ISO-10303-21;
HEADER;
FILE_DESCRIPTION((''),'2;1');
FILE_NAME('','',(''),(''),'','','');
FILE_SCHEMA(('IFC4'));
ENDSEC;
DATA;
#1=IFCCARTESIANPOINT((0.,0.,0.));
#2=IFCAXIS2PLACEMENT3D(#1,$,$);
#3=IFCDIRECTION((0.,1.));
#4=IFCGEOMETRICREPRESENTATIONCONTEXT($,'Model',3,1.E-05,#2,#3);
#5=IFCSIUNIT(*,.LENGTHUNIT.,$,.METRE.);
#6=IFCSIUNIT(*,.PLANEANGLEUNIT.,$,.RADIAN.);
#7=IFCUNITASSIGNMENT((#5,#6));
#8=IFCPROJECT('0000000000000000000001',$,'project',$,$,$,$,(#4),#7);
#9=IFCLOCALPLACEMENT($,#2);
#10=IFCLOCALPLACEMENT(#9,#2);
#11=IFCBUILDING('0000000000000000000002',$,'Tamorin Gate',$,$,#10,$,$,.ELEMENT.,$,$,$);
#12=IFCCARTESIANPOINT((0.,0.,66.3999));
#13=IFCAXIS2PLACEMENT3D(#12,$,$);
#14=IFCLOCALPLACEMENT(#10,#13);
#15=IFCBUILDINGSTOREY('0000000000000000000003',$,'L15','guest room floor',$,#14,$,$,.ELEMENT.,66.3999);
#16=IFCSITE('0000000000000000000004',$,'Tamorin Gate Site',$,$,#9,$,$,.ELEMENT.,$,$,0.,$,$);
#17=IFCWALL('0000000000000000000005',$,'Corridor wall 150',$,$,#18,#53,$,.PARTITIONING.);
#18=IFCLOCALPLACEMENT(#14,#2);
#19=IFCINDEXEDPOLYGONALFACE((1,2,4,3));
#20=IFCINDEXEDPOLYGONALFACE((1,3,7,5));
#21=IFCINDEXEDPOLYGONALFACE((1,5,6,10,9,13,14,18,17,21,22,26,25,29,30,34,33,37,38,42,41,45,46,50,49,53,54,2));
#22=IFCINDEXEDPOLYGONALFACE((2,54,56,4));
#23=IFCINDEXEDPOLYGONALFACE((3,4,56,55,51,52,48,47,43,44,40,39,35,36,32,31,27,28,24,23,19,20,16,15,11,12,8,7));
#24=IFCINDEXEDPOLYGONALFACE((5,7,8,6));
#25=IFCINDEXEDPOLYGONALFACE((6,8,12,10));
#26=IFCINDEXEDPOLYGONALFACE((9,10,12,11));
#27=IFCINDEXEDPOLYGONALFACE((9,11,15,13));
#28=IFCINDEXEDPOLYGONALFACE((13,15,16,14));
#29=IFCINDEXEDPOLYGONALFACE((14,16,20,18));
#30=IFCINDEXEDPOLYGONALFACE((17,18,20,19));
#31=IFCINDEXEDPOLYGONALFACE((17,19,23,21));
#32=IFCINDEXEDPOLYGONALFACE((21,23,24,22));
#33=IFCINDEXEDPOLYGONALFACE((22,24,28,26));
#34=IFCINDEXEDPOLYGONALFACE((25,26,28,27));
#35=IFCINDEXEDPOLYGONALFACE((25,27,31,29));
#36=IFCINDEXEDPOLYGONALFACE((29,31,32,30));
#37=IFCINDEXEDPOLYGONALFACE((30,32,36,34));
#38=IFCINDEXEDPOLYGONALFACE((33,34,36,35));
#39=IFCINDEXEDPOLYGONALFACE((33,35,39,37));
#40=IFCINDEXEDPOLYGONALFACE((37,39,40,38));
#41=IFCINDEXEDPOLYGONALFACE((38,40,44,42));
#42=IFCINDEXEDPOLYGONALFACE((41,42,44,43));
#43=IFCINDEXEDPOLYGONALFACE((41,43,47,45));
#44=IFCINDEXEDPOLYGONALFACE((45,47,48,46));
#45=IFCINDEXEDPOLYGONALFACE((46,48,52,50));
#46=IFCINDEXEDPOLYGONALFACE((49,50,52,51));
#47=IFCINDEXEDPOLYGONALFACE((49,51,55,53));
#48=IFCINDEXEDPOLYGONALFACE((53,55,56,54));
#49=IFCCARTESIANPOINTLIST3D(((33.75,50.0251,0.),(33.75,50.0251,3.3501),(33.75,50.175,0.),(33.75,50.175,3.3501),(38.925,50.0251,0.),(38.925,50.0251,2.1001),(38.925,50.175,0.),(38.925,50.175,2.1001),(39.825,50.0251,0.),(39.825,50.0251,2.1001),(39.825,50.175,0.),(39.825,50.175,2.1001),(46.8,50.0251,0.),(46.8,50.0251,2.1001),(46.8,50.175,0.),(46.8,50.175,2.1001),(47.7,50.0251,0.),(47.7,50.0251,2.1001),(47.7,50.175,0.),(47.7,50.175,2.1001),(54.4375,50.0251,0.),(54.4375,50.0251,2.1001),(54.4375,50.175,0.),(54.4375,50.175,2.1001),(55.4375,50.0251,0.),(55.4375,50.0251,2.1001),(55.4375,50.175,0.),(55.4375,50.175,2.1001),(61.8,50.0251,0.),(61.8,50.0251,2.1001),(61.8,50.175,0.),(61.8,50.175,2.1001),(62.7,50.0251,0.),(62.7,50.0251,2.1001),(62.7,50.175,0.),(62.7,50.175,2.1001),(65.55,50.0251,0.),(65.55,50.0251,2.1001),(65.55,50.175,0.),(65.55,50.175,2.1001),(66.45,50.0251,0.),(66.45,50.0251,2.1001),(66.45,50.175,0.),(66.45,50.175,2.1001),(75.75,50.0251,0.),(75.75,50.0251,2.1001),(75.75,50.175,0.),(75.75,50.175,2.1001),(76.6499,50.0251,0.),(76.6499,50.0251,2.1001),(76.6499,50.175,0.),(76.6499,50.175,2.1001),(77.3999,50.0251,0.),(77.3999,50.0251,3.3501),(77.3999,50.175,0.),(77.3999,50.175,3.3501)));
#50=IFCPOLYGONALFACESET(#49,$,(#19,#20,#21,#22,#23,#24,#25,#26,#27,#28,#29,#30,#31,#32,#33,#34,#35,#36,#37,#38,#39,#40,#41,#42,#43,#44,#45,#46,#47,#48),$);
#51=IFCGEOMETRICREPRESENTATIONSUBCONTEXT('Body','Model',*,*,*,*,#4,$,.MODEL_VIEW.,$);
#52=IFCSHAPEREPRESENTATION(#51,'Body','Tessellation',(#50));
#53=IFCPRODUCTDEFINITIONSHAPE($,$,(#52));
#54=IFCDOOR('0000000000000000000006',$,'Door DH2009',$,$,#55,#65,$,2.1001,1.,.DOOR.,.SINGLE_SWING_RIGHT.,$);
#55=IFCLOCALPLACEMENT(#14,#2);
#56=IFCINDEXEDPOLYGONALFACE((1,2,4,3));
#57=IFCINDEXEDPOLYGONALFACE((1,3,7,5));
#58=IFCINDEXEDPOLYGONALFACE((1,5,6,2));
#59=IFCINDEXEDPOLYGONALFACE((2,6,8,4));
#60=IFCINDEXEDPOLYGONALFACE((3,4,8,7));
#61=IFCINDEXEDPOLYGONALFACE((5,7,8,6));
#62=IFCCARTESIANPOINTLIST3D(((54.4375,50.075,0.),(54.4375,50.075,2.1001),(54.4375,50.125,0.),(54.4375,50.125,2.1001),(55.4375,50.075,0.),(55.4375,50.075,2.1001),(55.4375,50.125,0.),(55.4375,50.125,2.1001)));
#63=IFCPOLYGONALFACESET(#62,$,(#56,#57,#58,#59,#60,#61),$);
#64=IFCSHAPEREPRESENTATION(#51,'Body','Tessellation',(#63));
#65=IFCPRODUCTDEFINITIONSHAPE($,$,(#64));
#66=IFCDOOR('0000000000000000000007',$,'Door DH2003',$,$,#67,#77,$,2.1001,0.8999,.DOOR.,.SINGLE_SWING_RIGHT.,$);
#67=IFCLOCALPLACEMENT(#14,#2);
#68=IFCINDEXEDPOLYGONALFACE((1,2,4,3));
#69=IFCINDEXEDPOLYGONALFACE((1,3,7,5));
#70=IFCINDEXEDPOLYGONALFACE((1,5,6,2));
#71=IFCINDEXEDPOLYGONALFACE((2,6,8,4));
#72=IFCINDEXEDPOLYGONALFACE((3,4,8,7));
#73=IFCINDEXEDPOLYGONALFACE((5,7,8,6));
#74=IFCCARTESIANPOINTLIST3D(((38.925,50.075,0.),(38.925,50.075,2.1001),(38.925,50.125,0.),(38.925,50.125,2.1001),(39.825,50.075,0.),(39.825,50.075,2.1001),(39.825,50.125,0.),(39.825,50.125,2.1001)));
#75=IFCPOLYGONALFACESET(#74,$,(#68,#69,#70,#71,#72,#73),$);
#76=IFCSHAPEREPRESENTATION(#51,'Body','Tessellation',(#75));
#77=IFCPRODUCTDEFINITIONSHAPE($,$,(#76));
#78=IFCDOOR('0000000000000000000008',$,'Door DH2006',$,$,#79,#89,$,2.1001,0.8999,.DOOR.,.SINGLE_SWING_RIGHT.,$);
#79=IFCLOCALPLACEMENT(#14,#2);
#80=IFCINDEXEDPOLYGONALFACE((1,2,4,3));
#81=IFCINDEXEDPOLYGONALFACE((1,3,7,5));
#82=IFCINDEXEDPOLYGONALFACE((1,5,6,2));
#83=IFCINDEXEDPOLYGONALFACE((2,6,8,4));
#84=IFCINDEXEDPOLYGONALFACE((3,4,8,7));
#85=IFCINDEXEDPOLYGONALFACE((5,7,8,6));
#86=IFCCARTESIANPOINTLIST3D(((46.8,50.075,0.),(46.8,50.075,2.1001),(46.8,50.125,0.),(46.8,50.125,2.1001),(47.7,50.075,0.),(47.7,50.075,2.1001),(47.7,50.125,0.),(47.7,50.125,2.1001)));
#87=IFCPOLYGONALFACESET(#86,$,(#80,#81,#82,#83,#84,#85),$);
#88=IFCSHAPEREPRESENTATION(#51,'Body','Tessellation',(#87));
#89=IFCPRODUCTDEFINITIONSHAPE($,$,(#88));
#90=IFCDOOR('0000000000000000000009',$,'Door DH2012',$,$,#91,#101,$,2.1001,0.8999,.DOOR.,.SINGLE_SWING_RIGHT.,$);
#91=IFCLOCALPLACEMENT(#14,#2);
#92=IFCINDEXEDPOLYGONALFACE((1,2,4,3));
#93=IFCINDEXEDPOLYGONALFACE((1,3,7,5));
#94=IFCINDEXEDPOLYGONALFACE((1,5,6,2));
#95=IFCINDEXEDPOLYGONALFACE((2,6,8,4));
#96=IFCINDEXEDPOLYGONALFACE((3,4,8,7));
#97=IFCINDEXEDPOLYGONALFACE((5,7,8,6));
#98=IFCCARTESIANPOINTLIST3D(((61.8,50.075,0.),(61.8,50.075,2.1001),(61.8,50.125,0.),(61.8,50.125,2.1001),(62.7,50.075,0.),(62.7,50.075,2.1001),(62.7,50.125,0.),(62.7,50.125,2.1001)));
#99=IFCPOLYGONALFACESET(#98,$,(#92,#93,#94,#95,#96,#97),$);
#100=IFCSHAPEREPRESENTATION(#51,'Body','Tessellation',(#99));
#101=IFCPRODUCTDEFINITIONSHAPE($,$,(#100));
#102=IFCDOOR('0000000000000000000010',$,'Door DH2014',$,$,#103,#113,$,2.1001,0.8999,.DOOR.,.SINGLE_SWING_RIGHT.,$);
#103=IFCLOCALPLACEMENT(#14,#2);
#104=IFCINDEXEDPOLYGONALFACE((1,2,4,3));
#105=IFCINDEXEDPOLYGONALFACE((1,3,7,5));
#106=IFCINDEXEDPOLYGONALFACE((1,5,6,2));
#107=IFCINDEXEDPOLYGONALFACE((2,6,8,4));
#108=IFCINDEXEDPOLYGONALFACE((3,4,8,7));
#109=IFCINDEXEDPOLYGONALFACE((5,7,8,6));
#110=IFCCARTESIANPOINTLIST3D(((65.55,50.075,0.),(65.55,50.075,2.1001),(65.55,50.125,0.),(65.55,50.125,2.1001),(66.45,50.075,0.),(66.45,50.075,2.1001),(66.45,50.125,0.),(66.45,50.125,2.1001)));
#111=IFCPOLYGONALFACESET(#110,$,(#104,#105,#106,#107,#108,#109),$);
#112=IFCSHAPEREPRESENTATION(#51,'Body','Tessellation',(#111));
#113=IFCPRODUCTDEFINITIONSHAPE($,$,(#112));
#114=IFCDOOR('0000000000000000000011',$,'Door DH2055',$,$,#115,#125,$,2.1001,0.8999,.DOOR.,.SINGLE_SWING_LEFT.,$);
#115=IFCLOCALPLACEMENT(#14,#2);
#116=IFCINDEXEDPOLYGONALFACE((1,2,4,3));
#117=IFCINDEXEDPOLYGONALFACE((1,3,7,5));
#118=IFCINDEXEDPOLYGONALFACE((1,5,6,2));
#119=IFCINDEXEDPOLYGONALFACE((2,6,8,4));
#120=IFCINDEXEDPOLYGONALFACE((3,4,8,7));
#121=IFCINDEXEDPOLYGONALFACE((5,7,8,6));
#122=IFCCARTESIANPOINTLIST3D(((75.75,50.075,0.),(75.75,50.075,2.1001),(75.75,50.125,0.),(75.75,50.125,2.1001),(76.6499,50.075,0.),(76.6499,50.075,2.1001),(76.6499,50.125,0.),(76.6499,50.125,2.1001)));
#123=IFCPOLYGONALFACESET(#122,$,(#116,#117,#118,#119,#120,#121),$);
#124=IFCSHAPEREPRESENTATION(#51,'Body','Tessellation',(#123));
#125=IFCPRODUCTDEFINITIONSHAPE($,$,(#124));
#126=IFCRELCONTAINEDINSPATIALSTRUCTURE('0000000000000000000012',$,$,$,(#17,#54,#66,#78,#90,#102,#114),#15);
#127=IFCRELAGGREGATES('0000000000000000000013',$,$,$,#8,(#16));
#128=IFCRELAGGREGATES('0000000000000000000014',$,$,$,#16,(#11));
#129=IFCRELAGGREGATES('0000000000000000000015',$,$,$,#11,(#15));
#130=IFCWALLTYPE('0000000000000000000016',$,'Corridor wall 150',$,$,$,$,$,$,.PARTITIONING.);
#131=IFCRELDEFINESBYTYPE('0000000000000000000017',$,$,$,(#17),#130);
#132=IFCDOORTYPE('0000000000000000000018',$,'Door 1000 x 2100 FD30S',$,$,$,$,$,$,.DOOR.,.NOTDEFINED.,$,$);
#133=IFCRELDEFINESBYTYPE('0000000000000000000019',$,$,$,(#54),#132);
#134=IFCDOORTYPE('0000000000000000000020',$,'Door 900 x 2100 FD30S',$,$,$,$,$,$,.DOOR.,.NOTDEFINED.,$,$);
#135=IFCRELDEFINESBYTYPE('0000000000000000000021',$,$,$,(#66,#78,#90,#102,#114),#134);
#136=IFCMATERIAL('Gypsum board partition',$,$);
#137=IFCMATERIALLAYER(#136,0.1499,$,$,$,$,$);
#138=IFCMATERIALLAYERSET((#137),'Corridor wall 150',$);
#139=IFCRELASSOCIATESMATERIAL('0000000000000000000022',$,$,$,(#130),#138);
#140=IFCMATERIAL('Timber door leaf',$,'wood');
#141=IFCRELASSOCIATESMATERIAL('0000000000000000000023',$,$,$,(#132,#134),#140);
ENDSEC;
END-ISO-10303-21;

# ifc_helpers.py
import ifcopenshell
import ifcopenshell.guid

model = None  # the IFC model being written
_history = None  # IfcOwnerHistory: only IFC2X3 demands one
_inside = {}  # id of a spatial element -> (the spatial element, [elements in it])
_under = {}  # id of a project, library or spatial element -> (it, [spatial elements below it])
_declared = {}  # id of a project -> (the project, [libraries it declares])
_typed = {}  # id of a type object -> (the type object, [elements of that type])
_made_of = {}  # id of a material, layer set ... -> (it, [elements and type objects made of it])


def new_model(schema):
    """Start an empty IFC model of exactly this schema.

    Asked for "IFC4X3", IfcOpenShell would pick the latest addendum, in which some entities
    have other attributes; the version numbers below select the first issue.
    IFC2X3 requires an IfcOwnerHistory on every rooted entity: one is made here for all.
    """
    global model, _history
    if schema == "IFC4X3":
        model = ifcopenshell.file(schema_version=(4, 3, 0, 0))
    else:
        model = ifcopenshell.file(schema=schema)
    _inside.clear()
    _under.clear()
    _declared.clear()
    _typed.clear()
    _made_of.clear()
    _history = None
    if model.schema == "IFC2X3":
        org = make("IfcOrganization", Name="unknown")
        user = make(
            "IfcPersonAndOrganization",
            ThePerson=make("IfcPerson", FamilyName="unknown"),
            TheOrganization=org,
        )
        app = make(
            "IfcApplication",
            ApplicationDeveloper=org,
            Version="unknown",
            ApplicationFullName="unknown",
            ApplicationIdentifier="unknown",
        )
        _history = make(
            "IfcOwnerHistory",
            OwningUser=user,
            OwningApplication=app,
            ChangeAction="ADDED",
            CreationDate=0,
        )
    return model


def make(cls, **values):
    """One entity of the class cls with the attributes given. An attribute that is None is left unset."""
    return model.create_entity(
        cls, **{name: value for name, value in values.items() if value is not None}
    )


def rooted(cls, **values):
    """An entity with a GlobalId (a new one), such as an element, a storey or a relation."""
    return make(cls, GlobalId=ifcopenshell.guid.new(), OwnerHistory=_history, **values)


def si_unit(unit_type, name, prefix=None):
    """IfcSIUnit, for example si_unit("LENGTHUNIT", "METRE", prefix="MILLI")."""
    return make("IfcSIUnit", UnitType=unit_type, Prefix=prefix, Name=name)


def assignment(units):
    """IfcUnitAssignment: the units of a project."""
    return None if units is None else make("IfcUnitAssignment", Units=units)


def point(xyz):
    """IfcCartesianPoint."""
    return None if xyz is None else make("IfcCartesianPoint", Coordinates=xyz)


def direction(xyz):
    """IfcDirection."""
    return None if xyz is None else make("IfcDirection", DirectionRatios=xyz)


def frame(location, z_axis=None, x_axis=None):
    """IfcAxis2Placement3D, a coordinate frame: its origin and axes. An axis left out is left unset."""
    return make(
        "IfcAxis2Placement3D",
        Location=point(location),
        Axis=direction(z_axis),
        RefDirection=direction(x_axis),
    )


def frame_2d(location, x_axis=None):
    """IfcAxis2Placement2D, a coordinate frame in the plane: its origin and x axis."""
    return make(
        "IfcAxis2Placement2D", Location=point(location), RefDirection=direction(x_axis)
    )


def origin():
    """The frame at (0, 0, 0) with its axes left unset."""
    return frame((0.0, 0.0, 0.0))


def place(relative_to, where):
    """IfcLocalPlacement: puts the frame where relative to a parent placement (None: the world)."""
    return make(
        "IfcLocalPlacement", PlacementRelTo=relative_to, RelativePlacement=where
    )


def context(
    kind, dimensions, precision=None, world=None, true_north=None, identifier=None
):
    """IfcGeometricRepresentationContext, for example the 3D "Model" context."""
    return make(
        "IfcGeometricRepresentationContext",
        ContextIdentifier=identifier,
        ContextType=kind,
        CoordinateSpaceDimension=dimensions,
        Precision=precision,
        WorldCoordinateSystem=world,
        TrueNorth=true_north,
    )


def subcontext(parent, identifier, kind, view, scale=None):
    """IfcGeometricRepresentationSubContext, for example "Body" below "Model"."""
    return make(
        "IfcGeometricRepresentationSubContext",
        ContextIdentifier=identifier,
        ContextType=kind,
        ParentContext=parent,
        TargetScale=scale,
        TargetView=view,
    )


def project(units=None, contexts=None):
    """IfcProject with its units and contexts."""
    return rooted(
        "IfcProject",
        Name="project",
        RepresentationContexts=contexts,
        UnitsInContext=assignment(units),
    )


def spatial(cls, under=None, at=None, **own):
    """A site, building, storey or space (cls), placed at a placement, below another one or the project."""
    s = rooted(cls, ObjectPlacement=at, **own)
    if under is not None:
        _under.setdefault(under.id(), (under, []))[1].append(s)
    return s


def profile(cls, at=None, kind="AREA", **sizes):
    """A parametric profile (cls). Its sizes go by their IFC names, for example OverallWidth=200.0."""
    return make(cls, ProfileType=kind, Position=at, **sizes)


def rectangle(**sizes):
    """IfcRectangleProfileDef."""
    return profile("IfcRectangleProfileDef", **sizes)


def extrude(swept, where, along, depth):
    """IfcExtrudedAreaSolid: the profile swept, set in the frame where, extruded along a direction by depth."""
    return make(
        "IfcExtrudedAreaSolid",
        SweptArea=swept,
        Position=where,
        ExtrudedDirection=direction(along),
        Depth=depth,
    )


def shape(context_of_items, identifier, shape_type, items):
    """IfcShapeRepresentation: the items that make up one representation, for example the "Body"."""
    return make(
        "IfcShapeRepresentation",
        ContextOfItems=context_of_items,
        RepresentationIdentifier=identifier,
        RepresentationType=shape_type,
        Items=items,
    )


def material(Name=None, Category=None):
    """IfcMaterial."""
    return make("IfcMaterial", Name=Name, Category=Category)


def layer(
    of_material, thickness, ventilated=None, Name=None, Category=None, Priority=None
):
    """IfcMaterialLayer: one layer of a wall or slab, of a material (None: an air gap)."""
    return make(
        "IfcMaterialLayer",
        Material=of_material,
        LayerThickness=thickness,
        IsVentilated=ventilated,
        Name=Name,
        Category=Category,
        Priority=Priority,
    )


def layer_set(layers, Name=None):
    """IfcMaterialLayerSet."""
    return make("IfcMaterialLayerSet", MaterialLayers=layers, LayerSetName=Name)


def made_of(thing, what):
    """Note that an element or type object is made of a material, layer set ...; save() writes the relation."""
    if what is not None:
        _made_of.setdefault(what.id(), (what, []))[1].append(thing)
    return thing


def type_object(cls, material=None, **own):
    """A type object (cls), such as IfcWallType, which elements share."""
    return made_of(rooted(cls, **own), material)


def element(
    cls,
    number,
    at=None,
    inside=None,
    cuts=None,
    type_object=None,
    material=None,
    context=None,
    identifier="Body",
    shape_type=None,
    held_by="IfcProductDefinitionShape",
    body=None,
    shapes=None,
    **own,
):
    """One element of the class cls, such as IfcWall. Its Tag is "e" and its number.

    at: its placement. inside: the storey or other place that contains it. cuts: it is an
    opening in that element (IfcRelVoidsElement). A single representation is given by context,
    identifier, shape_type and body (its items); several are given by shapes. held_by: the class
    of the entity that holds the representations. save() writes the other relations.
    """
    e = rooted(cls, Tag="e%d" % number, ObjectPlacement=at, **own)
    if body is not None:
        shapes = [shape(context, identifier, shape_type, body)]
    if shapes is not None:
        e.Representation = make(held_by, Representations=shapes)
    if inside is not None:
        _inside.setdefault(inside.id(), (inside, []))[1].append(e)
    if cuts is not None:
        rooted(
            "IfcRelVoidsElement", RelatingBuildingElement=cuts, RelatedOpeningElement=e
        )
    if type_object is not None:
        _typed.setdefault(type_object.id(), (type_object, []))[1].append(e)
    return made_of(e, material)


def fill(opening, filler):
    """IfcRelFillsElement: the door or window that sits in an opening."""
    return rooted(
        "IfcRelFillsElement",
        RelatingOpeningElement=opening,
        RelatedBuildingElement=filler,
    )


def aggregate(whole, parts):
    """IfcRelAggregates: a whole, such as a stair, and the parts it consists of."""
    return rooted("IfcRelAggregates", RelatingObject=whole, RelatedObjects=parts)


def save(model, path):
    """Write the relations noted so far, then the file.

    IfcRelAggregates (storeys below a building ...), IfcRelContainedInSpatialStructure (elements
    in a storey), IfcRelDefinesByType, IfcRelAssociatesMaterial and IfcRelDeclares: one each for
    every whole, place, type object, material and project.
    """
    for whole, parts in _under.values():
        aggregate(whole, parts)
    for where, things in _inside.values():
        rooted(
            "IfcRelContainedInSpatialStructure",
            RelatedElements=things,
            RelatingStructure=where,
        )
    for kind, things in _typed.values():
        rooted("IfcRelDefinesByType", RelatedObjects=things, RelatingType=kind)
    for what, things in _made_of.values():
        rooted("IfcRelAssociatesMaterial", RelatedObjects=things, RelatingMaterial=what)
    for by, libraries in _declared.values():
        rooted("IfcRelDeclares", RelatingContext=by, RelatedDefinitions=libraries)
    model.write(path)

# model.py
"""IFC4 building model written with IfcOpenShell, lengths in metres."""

from ifc_helpers import new_model, si_unit, direction, frame, frame_2d, origin, place, context, subcontext, project, spatial, rectangle, extrude, material, layer, layer_set, type_object, element, fill, save


model = new_model("IFC4")

# Units and contexts
model_context = context("Model", 3, precision=1e-05, world=origin(), true_north=direction((0.0, 1.0)))
body_context = subcontext(model_context, "Body", "Model", "MODEL_VIEW")
ifc_project = project(units=[si_unit("LENGTHUNIT", "METRE"), si_unit("PLANEANGLEUNIT", "RADIAN")], contexts=[model_context])

# Site, building, storey
site_placement = place(None, origin())
site = spatial("IfcSite", under=ifc_project, at=site_placement, Name="Tamorin Gate Site", CompositionType="ELEMENT", RefElevation=0.0)
building_placement = place(site_placement, origin())
building = spatial("IfcBuilding", under=site, at=building_placement, Name="Tamorin Gate", CompositionType="ELEMENT")
storey_placement = place(building_placement, frame((0.0, 0.0, 66.3999)))
storey = spatial("IfcBuildingStorey", under=building, at=storey_placement, Name="L15", Description="guest room floor", CompositionType="ELEMENT", Elevation=66.3999)

# Wall, openings, doors
ifc_material_1 = material(Name="Gypsum board partition")
ifc_layer_1 = layer(ifc_material_1, 0.1499)
ifc_layer_set_1 = layer_set([ifc_layer_1], Name="Corridor wall 150")
wall_type_1 = type_object("IfcWallType", Name="Corridor wall 150", PredefinedType="PARTITIONING", material=ifc_layer_set_1)
wall_1_placement = place(storey_placement, frame((33.75, 50.1001, 0.0), z_axis=(0.0, 0.0, 1.0), x_axis=(1.0, 0.0, 0.0)))
wall_1 = element("IfcWall", 1, at=wall_1_placement, inside=storey, type_object=wall_type_1, Name="Corridor wall 150", PredefinedType="PARTITIONING", context=body_context, shape_type="SweptSolid", body=[
    extrude(rectangle(XDim=43.6499, YDim=0.1499, at=frame_2d((21.825, 0.0))), origin(), (0.0, 0.0, 1.0), 3.3501),
])
opening_1_placement = place(wall_1_placement, frame((5.175, 0.0, 0.0)))
opening_1 = element("IfcOpeningElement", 2, at=opening_1_placement, cuts=wall_1, PredefinedType="OPENING", context=body_context, shape_type="SweptSolid", body=[
    extrude(rectangle(XDim=0.8999, YDim=2.1001, at=frame_2d((0.45, 1.05))), frame((0.0, 0.085, 0.0), z_axis=(0.0, -1.0, 0.0), x_axis=(1.0, 0.0, 0.0)), (0.0, 0.0, 1.0), 0.1699),
])
opening_2_placement = place(wall_1_placement, frame((13.05, 0.0, 0.0)))
opening_2 = element("IfcOpeningElement", 3, at=opening_2_placement, cuts=wall_1, PredefinedType="OPENING", context=body_context, shape_type="SweptSolid", body=[
    extrude(rectangle(XDim=0.8999, YDim=2.1001, at=frame_2d((0.45, 1.05))), frame((0.0, 0.085, 0.0), z_axis=(0.0, -1.0, 0.0), x_axis=(1.0, 0.0, 0.0)), (0.0, 0.0, 1.0), 0.1699),
])
opening_3_placement = place(wall_1_placement, frame((20.6875, 0.0, 0.0)))
opening_3 = element("IfcOpeningElement", 4, at=opening_3_placement, cuts=wall_1, PredefinedType="OPENING", context=body_context, shape_type="SweptSolid", body=[
    extrude(rectangle(XDim=1.0, YDim=2.1001, at=frame_2d((0.5, 1.05))), frame((0.0, 0.085, 0.0), z_axis=(0.0, -1.0, 0.0), x_axis=(1.0, 0.0, 0.0)), (0.0, 0.0, 1.0), 0.1699),
])
opening_4_placement = place(wall_1_placement, frame((28.05, 0.0, 0.0)))
opening_4 = element("IfcOpeningElement", 5, at=opening_4_placement, cuts=wall_1, PredefinedType="OPENING", context=body_context, shape_type="SweptSolid", body=[
    extrude(rectangle(XDim=0.8999, YDim=2.1001, at=frame_2d((0.45, 1.05))), frame((0.0, 0.085, 0.0), z_axis=(0.0, -1.0, 0.0), x_axis=(1.0, 0.0, 0.0)), (0.0, 0.0, 1.0), 0.1699),
])
opening_5_placement = place(wall_1_placement, frame((31.8, 0.0, 0.0)))
opening_5 = element("IfcOpeningElement", 6, at=opening_5_placement, cuts=wall_1, PredefinedType="OPENING", context=body_context, shape_type="SweptSolid", body=[
    extrude(rectangle(XDim=0.8999, YDim=2.1001, at=frame_2d((0.45, 1.05))), frame((0.0, 0.085, 0.0), z_axis=(0.0, -1.0, 0.0), x_axis=(1.0, 0.0, 0.0)), (0.0, 0.0, 1.0), 0.1699),
])
opening_6_placement = place(wall_1_placement, frame((42.0, 0.0, 0.0)))
opening_6 = element("IfcOpeningElement", 7, at=opening_6_placement, cuts=wall_1, PredefinedType="OPENING", context=body_context, shape_type="SweptSolid", body=[
    extrude(rectangle(XDim=0.8999, YDim=2.1001, at=frame_2d((0.45, 1.05))), frame((0.0, 0.085, 0.0), z_axis=(0.0, -1.0, 0.0), x_axis=(1.0, 0.0, 0.0)), (0.0, 0.0, 1.0), 0.1699),
])
ifc_material_2 = material(Name="Timber door leaf", Category="wood")
door_type_1 = type_object("IfcDoorType", Name="Door 1000 x 2100 FD30S", OperationType="NOTDEFINED", PredefinedType="DOOR", material=ifc_material_2)
door_1_placement = place(opening_3_placement, origin())
door_1 = element("IfcDoor", 8, at=door_1_placement, inside=storey, type_object=door_type_1, Name="Door DH2009", OperationType="SINGLE_SWING_RIGHT", OverallHeight=2.1001, OverallWidth=1.0, PredefinedType="DOOR", context=body_context, shape_type="SweptSolid", body=[
    extrude(rectangle(XDim=1.0, YDim=2.1001, at=frame_2d((0.5, 1.05))), frame((0.0, 0.0249, 0.0), z_axis=(0.0, -1.0, 0.0), x_axis=(1.0, 0.0, 0.0)), (0.0, 0.0, 1.0), 0.05),
])
fill(opening_3, door_1)
door_type_2 = type_object("IfcDoorType", Name="Door 900 x 2100 FD30S", OperationType="NOTDEFINED", PredefinedType="DOOR", material=ifc_material_2)
door_2_placement = place(opening_1_placement, origin())
door_2 = element("IfcDoor", 9, at=door_2_placement, inside=storey, type_object=door_type_2, Name="Door DH2003", OperationType="SINGLE_SWING_RIGHT", OverallHeight=2.1001, OverallWidth=0.8999, PredefinedType="DOOR", context=body_context, shape_type="SweptSolid", body=[
    extrude(rectangle(XDim=0.8999, YDim=2.1001, at=frame_2d((0.45, 1.05))), frame((0.0, 0.0249, 0.0), z_axis=(0.0, -1.0, 0.0), x_axis=(1.0, 0.0, 0.0)), (0.0, 0.0, 1.0), 0.05),
])
fill(opening_1, door_2)
door_3_placement = place(opening_2_placement, origin())
door_3 = element("IfcDoor", 10, at=door_3_placement, inside=storey, type_object=door_type_2, Name="Door DH2006", OperationType="SINGLE_SWING_RIGHT", OverallHeight=2.1001, OverallWidth=0.8999, PredefinedType="DOOR", context=body_context, shape_type="SweptSolid", body=[
    extrude(rectangle(XDim=0.8999, YDim=2.1001, at=frame_2d((0.45, 1.05))), frame((0.0, 0.0249, 0.0), z_axis=(0.0, -1.0, 0.0), x_axis=(1.0, 0.0, 0.0)), (0.0, 0.0, 1.0), 0.05),
])
fill(opening_2, door_3)
door_4_placement = place(opening_4_placement, origin())
door_4 = element("IfcDoor", 11, at=door_4_placement, inside=storey, type_object=door_type_2, Name="Door DH2012", OperationType="SINGLE_SWING_RIGHT", OverallHeight=2.1001, OverallWidth=0.8999, PredefinedType="DOOR", context=body_context, shape_type="SweptSolid", body=[
    extrude(rectangle(XDim=0.8999, YDim=2.1001, at=frame_2d((0.45, 1.05))), frame((0.0, 0.0249, 0.0), z_axis=(0.0, -1.0, 0.0), x_axis=(1.0, 0.0, 0.0)), (0.0, 0.0, 1.0), 0.05),
])
fill(opening_4, door_4)
door_5_placement = place(opening_5_placement, origin())
door_5 = element("IfcDoor", 12, at=door_5_placement, inside=storey, type_object=door_type_2, Name="Door DH2014", OperationType="SINGLE_SWING_RIGHT", OverallHeight=2.1001, OverallWidth=0.8999, PredefinedType="DOOR", context=body_context, shape_type="SweptSolid", body=[
    extrude(rectangle(XDim=0.8999, YDim=2.1001, at=frame_2d((0.45, 1.05))), frame((0.0, 0.0249, 0.0), z_axis=(0.0, -1.0, 0.0), x_axis=(1.0, 0.0, 0.0)), (0.0, 0.0, 1.0), 0.05),
])
fill(opening_5, door_5)
door_6_placement = place(opening_6_placement, origin())
door_6 = element("IfcDoor", 13, at=door_6_placement, inside=storey, type_object=door_type_2, Name="Door DH2055", OperationType="SINGLE_SWING_LEFT", OverallHeight=2.1001, OverallWidth=0.8999, PredefinedType="DOOR", context=body_context, shape_type="SweptSolid", body=[
    extrude(rectangle(XDim=0.8999, YDim=2.1001, at=frame_2d((0.45, 1.05))), frame((0.0, 0.0249, 0.0), z_axis=(0.0, -1.0, 0.0), x_axis=(1.0, 0.0, 0.0)), (0.0, 0.0, 1.0), 0.05),
])
fill(opening_6, door_6)

save(model, "model.ifc")
